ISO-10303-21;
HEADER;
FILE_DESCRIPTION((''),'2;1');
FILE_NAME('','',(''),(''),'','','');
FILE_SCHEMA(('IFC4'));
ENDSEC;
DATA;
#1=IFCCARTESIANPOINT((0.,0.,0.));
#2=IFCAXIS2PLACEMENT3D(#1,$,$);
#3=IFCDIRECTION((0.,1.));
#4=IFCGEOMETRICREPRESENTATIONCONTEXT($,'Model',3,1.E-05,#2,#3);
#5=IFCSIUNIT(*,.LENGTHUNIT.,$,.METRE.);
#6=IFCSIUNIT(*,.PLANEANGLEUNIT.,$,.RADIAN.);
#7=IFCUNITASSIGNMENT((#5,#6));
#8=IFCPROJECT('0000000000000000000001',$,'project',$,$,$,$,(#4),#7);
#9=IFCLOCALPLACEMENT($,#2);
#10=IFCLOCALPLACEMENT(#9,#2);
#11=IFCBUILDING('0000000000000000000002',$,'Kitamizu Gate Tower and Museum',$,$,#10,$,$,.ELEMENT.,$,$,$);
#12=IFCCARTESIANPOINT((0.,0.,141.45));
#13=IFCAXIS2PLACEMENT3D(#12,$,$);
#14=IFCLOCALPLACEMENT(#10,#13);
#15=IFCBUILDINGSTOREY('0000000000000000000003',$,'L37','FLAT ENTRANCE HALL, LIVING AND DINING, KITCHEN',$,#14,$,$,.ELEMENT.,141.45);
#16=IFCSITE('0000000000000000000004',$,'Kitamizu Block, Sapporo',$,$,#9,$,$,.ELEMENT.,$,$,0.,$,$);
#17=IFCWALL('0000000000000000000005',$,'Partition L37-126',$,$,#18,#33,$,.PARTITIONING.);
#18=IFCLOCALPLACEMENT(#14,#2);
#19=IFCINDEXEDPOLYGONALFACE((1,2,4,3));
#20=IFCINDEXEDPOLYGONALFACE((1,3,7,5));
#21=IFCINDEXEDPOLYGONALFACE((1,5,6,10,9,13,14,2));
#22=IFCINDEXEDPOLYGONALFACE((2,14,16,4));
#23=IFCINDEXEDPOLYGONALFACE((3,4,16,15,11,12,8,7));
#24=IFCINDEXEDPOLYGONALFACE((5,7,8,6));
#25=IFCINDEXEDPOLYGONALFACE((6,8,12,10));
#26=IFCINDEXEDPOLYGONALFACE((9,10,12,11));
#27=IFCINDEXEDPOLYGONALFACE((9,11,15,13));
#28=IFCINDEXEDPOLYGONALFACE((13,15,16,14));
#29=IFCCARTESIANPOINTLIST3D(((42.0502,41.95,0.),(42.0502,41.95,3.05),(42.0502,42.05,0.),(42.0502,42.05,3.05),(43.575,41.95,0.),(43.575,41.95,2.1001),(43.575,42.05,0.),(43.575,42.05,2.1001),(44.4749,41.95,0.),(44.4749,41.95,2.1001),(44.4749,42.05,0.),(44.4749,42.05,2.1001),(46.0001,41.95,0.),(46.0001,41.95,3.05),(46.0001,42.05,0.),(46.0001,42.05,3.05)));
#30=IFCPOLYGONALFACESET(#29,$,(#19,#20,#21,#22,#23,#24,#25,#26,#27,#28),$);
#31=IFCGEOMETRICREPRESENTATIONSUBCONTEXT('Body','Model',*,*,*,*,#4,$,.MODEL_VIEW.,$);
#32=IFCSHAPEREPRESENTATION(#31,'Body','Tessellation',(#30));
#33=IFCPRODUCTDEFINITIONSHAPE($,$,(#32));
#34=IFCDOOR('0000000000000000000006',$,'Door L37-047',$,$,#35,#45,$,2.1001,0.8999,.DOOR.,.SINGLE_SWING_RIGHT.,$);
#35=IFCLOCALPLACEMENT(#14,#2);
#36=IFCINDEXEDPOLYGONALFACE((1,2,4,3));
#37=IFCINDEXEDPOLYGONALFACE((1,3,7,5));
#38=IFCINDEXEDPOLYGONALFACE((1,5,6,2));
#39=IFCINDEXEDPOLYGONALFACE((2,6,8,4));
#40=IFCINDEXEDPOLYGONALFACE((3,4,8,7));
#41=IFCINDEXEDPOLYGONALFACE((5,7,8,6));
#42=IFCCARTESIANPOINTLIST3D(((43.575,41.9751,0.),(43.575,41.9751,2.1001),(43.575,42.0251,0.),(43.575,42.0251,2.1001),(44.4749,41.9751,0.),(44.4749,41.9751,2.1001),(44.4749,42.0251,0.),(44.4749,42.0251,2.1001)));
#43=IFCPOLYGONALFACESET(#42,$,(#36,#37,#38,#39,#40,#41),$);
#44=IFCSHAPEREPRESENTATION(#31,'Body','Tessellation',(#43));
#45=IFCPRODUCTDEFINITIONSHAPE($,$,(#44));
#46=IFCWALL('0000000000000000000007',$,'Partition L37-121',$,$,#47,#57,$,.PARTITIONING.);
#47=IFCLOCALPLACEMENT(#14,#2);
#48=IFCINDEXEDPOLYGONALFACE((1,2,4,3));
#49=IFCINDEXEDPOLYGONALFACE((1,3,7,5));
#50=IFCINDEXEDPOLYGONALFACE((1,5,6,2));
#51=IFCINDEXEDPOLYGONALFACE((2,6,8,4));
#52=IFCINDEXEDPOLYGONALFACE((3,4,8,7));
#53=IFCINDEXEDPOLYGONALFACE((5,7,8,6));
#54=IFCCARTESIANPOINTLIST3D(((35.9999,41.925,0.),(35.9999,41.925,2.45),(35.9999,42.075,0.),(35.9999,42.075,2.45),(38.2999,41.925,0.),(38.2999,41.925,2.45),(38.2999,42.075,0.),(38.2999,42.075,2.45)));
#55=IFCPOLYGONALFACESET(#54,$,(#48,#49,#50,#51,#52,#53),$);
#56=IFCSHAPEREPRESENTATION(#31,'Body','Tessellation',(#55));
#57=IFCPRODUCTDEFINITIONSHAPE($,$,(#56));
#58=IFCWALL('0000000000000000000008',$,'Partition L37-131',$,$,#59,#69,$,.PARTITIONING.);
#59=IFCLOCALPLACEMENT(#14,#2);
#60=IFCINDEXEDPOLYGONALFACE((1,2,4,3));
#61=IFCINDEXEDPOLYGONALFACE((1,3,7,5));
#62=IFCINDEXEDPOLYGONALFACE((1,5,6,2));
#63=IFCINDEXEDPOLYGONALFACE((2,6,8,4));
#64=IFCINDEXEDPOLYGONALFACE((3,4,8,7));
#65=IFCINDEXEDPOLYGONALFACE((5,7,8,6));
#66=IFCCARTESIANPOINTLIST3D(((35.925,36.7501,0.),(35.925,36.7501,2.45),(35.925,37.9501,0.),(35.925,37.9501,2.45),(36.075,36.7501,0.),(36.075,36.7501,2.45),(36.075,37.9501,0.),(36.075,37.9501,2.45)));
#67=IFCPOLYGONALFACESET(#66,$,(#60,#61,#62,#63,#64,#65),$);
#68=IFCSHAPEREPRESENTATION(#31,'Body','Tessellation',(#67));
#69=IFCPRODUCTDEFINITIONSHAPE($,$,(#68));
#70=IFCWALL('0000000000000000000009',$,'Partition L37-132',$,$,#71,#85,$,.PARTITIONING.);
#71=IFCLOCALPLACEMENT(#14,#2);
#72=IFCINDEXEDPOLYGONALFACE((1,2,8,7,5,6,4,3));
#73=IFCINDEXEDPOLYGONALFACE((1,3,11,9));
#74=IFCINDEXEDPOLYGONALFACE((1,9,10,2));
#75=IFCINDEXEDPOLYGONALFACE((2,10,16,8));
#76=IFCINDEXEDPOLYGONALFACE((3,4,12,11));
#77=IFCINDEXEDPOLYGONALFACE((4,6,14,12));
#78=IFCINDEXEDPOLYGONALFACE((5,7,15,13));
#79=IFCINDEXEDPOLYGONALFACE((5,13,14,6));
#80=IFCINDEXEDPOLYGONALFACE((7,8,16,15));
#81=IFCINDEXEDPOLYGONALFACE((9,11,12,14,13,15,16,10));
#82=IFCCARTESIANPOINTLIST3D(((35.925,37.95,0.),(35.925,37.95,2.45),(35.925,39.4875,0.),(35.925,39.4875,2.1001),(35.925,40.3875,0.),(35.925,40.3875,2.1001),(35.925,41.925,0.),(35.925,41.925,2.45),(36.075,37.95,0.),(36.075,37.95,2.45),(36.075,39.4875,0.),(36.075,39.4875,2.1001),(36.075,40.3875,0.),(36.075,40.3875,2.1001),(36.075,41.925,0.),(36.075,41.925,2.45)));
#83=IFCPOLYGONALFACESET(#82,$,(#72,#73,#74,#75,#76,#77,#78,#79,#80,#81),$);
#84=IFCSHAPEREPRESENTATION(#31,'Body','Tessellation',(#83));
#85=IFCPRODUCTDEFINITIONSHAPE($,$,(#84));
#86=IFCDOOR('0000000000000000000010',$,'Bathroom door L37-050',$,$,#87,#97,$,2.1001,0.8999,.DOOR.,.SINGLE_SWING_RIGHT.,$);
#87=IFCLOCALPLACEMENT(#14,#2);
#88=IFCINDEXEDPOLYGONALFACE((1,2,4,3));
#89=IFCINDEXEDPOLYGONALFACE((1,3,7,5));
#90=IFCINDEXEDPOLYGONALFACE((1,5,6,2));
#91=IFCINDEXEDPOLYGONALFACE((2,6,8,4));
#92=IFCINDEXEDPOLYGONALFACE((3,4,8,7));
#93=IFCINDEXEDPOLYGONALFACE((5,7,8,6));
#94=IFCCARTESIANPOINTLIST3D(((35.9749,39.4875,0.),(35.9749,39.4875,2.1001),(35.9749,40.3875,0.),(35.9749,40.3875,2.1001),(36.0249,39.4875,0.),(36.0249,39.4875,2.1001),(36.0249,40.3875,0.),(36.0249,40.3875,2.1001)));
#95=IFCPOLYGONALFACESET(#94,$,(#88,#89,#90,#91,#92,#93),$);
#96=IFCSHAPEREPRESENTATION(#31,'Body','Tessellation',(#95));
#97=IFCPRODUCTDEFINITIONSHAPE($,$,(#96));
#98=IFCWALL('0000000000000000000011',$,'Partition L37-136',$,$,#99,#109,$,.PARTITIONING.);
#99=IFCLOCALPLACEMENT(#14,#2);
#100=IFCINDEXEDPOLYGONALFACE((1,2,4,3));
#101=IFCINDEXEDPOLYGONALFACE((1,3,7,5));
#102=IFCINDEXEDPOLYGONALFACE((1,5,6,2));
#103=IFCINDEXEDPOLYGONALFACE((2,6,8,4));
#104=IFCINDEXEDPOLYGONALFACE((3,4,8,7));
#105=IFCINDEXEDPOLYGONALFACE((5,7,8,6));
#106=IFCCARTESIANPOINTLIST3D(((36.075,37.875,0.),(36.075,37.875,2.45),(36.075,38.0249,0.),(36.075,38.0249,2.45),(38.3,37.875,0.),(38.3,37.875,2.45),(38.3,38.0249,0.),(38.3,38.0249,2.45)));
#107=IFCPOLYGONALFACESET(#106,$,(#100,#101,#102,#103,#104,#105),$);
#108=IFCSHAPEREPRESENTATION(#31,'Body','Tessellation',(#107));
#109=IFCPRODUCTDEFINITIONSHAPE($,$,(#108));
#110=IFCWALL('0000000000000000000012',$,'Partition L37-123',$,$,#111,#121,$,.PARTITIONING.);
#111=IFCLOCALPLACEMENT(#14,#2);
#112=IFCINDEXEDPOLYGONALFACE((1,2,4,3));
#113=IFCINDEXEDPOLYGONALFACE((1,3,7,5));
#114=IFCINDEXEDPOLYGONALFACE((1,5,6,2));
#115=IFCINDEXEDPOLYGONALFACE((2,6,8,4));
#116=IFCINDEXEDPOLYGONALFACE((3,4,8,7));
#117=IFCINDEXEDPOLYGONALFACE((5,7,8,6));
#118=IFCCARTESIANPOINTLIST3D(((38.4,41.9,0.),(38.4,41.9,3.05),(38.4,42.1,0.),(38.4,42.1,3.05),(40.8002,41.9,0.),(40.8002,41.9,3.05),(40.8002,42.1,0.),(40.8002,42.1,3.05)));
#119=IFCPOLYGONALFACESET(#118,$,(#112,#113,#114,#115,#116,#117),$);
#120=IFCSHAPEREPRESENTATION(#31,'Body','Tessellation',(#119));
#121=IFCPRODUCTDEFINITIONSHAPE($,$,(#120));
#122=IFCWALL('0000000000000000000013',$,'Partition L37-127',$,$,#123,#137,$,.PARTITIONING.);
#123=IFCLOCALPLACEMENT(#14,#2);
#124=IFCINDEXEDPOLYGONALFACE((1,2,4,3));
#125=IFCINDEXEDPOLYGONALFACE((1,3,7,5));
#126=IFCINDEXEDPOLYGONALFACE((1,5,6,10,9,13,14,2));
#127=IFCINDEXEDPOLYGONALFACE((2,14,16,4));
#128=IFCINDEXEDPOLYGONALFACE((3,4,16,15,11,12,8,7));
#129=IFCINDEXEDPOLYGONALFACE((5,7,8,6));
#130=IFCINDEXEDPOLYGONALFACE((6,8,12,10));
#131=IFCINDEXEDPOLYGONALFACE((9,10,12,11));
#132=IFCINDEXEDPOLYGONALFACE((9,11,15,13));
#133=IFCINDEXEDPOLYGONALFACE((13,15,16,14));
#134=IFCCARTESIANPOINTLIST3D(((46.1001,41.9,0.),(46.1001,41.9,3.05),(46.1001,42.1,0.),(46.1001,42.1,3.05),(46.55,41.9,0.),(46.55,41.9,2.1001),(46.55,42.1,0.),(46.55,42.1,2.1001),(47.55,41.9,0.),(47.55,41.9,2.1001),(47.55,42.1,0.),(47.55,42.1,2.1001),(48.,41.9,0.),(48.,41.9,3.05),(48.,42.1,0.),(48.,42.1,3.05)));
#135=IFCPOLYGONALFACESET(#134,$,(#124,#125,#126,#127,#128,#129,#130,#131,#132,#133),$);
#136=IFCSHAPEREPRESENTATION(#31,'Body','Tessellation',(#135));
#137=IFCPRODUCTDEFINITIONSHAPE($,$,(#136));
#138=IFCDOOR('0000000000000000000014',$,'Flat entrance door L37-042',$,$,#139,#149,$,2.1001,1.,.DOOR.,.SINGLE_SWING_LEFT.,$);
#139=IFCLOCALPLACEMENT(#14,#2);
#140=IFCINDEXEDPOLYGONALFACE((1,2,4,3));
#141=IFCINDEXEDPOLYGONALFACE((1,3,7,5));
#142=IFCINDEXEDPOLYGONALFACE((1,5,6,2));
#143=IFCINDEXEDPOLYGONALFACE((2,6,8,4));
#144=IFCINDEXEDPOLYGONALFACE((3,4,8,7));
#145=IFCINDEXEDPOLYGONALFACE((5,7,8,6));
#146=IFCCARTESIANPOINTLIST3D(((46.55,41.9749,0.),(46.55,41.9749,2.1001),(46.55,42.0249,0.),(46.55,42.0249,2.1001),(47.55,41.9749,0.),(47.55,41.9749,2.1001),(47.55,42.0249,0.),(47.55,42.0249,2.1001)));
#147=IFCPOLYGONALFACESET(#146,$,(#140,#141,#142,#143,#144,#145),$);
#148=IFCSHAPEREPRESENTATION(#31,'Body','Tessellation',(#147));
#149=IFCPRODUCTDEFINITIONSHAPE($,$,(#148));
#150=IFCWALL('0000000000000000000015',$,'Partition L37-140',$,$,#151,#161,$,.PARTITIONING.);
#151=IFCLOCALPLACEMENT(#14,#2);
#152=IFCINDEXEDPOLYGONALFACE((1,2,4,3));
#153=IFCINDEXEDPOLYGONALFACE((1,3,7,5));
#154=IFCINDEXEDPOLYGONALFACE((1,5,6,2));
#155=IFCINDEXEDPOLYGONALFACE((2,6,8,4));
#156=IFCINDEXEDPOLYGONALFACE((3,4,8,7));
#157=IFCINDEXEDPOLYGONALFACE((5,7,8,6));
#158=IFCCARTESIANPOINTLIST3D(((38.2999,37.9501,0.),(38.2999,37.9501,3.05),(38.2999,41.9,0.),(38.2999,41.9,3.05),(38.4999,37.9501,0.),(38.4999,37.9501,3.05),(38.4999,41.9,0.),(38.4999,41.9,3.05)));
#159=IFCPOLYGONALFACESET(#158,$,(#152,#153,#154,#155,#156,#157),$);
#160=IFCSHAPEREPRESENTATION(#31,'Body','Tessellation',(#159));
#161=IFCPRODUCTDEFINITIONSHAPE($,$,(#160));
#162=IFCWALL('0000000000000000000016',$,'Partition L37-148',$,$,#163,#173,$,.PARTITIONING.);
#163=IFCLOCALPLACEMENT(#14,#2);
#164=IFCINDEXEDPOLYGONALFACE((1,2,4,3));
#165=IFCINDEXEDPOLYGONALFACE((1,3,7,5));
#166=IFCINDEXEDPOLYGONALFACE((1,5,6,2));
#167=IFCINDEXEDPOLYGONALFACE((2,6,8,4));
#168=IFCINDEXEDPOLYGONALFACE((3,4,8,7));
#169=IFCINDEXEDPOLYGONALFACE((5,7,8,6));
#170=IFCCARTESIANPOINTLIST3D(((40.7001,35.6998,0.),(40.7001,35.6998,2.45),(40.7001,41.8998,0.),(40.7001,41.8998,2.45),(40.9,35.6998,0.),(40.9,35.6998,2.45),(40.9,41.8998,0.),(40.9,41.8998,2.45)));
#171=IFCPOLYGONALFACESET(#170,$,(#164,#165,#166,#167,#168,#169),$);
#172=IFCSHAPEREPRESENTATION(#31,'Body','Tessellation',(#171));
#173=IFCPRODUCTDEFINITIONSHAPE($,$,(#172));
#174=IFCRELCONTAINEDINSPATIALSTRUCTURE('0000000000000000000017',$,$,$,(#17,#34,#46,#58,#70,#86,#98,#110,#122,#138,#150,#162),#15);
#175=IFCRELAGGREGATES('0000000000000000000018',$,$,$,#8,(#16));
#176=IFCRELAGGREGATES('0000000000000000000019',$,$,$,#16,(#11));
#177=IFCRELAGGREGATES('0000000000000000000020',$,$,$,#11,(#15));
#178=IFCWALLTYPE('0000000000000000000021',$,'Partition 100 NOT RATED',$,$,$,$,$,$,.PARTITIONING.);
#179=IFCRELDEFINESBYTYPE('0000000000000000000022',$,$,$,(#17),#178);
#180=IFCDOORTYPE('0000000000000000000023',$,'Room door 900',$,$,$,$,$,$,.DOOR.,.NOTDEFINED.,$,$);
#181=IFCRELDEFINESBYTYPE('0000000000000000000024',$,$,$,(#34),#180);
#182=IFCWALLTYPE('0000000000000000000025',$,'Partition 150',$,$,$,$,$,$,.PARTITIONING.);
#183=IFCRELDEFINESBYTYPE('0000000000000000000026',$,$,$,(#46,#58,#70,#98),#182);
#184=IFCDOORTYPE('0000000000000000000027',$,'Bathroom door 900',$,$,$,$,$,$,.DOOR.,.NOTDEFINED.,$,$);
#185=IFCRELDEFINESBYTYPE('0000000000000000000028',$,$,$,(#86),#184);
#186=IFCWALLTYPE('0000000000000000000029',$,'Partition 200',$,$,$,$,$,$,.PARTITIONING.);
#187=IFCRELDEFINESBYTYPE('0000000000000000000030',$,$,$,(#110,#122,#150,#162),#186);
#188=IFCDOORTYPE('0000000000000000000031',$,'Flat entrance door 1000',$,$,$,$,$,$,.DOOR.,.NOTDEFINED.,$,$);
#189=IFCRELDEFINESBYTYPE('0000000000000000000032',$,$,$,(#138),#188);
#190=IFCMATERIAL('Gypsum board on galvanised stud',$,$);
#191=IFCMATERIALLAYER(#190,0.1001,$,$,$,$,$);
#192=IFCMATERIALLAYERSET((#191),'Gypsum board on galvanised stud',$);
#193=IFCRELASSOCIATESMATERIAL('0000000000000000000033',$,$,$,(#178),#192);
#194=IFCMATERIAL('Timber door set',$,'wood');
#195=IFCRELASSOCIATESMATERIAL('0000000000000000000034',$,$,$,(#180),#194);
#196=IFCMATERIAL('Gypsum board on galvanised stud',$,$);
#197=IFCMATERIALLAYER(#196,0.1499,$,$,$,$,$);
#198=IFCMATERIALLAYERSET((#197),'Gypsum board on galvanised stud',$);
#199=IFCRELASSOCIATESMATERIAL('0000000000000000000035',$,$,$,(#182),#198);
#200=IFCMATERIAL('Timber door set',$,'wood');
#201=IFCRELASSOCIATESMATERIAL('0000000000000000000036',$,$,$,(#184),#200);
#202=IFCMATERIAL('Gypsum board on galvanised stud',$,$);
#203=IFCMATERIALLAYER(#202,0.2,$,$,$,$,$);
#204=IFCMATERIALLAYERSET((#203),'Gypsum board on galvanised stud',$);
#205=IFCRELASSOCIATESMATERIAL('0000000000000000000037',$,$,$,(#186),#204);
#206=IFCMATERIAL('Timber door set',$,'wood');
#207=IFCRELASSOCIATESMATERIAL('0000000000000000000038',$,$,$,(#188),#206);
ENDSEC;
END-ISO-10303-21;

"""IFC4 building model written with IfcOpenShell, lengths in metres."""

from ifc_helpers import new_model, si_unit, direction, frame, frame_2d, origin, place, context, subcontext, project, spatial, rectangle, extrude, material, layer, layer_set, type_object, element, fill, save


model = new_model("IFC4")

# Units and contexts
model_context = context("Model", 3, precision=1e-05, world=origin(), true_north=direction((0.0, 1.0)))
body_context = subcontext(model_context, "Body", "Model", "MODEL_VIEW")
ifc_project = project(units=[si_unit("LENGTHUNIT", "METRE"), si_unit("PLANEANGLEUNIT", "RADIAN")], contexts=[model_context])

# Site, building, storey
site_placement = place(None, origin())
site = spatial("IfcSite", under=ifc_project, at=site_placement, Name="Kitamizu Block, Sapporo", CompositionType="ELEMENT", RefElevation=0.0)
building_placement = place(site_placement, origin())
building = spatial("IfcBuilding", under=site, at=building_placement, Name="Kitamizu Gate Tower and Museum", CompositionType="ELEMENT")
storey_placement = place(building_placement, frame((0.0, 0.0, 141.45)))
storey = spatial("IfcBuildingStorey", under=building, at=storey_placement, Name="L37", Description="FLAT ENTRANCE HALL, LIVING AND DINING, KITCHEN", CompositionType="ELEMENT", Elevation=141.45)

# Shared definitions
ifc_material_1 = material(Name="Gypsum board on galvanised stud")
ifc_layer_1 = layer(ifc_material_1, 0.1001)
ifc_layer_set_1 = layer_set([ifc_layer_1], Name="Gypsum board on galvanised stud")
wall_type_1 = type_object("IfcWallType", Name="Partition 100 NOT RATED", PredefinedType="PARTITIONING", material=ifc_layer_set_1)

# Shared definitions
ifc_material_2 = material(Name="Timber door set", Category="wood")
door_type_1 = type_object("IfcDoorType", Name="Room door 900", OperationType="NOTDEFINED", PredefinedType="DOOR", material=ifc_material_2)

# Wall, opening, door
wall_1_placement = place(storey_placement, frame((42.05, 42.0, 0.0), z_axis=(0.0, 0.0, 1.0), x_axis=(1.0, 0.0, 0.0)))
wall_1 = element("IfcWall", 1, at=wall_1_placement, inside=storey, type_object=wall_type_1, Name="Partition L37-126", PredefinedType="PARTITIONING", context=body_context, shape_type="SweptSolid", body=[
    extrude(rectangle(XDim=3.95, YDim=0.1001, at=frame_2d((1.9751, 0.0))), origin(), (0.0, 0.0, 1.0), 3.05),
])
opening_1_placement = place(wall_1_placement, frame((1.5249, 0.0, 0.0)))
opening_1 = element("IfcOpeningElement", 2, at=opening_1_placement, cuts=wall_1, PredefinedType="OPENING", context=body_context, shape_type="SweptSolid", body=[
    extrude(rectangle(XDim=0.8999, YDim=2.1001, at=frame_2d((0.45, 1.05))), frame((0.0, 0.0601, 0.0), z_axis=(0.0, -1.0, 0.0), x_axis=(1.0, 0.0, 0.0)), (0.0, 0.0, 1.0), 0.1201),
])
door_1_placement = place(opening_1_placement, frame((0.8999, 0.0, 0.0), x_axis=(-1.0, 0.0, 0.0)))
door_1 = element("IfcDoor", 3, at=door_1_placement, inside=storey, type_object=door_type_1, Name="Door L37-047", OperationType="SINGLE_SWING_RIGHT", OverallHeight=2.1001, OverallWidth=0.8999, PredefinedType="DOOR", context=body_context, shape_type="SweptSolid", body=[
    extrude(rectangle(XDim=0.8999, YDim=2.1001, at=frame_2d((0.45, 1.05))), frame((0.0, 0.0249, 0.0), z_axis=(0.0, -1.0, 0.0), x_axis=(1.0, 0.0, 0.0)), (0.0, 0.0, 1.0), 0.05),
])
fill(opening_1, door_1)

# Walls
ifc_material_3 = material(Name="Gypsum board on galvanised stud")
ifc_layer_2 = layer(ifc_material_3, 0.1499)
ifc_layer_set_2 = layer_set([ifc_layer_2], Name="Gypsum board on galvanised stud")
wall_type_2 = type_object("IfcWallType", Name="Partition 150", PredefinedType="PARTITIONING", material=ifc_layer_set_2)
wall_2_placement = place(storey_placement, frame((36.0, 42.0, 0.0), z_axis=(0.0, 0.0, 1.0), x_axis=(1.0, 0.0, 0.0)))
element("IfcWall", 4, at=wall_2_placement, inside=storey, type_object=wall_type_2, Name="Partition L37-121", PredefinedType="PARTITIONING", context=body_context, shape_type="SweptSolid", body=[
    extrude(rectangle(XDim=2.3, YDim=0.1499, at=frame_2d((1.1499, 0.0))), origin(), (0.0, 0.0, 1.0), 2.45),
])
wall_3_placement = place(storey_placement, frame((36.0, 36.75, 0.0), z_axis=(0.0, 0.0, 1.0), x_axis=(0.0, 1.0, 0.0)))
element("IfcWall", 5, at=wall_3_placement, inside=storey, type_object=wall_type_2, Name="Partition L37-131", PredefinedType="PARTITIONING", context=body_context, shape_type="SweptSolid", body=[
    extrude(rectangle(XDim=1.2, YDim=0.1499, at=frame_2d((0.6001, 0.0))), origin(), (0.0, 0.0, 1.0), 2.45),
])

# Wall, opening, door
wall_4_placement = place(storey_placement, frame((36.0, 37.95, 0.0), z_axis=(0.0, 0.0, 1.0), x_axis=(0.0, 1.0, 0.0)))
wall_4 = element("IfcWall", 6, at=wall_4_placement, inside=storey, type_object=wall_type_2, Name="Partition L37-132", PredefinedType="PARTITIONING", context=body_context, shape_type="SweptSolid", body=[
    extrude(rectangle(XDim=3.9751, YDim=0.1499, at=frame_2d((1.9875, 0.0))), origin(), (0.0, 0.0, 1.0), 2.45),
])
opening_2_placement = place(wall_4_placement, frame((1.5376, 0.0, 0.0)))
opening_2 = element("IfcOpeningElement", 7, at=opening_2_placement, cuts=wall_4, PredefinedType="OPENING", context=body_context, shape_type="SweptSolid", body=[
    extrude(rectangle(XDim=0.8999, YDim=2.1001, at=frame_2d((0.45, 1.05))), frame((0.0, 0.085, 0.0), z_axis=(0.0, -1.0, 0.0), x_axis=(1.0, 0.0, 0.0)), (0.0, 0.0, 1.0), 0.1699),
])
ifc_material_4 = material(Name="Timber door set", Category="wood")
door_type_2 = type_object("IfcDoorType", Name="Bathroom door 900", OperationType="NOTDEFINED", PredefinedType="DOOR", material=ifc_material_4)
door_2_placement = place(opening_2_placement, frame((0.8999, 0.0, 0.0), x_axis=(-1.0, 0.0, 0.0)))
door_2 = element("IfcDoor", 8, at=door_2_placement, inside=storey, type_object=door_type_2, Name="Bathroom door L37-050", OperationType="SINGLE_SWING_RIGHT", OverallHeight=2.1001, OverallWidth=0.8999, PredefinedType="DOOR", context=body_context, shape_type="SweptSolid", body=[
    extrude(rectangle(XDim=0.8999, YDim=2.1001, at=frame_2d((0.45, 1.05))), frame((0.0, 0.0249, 0.0), z_axis=(0.0, -1.0, 0.0), x_axis=(1.0, 0.0, 0.0)), (0.0, 0.0, 1.0), 0.05),
])
fill(opening_2, door_2)

# Walls
wall_5_placement = place(storey_placement, frame((38.3, 37.95, 0.0), z_axis=(0.0, 0.0, 1.0), x_axis=(-1.0, 0.0, 0.0)))
element("IfcWall", 9, at=wall_5_placement, inside=storey, type_object=wall_type_2, Name="Partition L37-136", PredefinedType="PARTITIONING", context=body_context, shape_type="SweptSolid", body=[
    extrude(rectangle(XDim=2.2251, YDim=0.1499, at=frame_2d((1.1125, 0.0))), origin(), (0.0, 0.0, 1.0), 2.45),
])
ifc_material_5 = material(Name="Gypsum board on galvanised stud")
ifc_layer_3 = layer(ifc_material_5, 0.2)
ifc_layer_set_3 = layer_set([ifc_layer_3], Name="Gypsum board on galvanised stud")
wall_type_3 = type_object("IfcWallType", Name="Partition 200", PredefinedType="PARTITIONING", material=ifc_layer_set_3)
wall_6_placement = place(storey_placement, frame((38.3999, 42.0, 0.0), z_axis=(0.0, 0.0, 1.0), x_axis=(1.0, 0.0, 0.0)))
element("IfcWall", 10, at=wall_6_placement, inside=storey, type_object=wall_type_3, Name="Partition L37-123", PredefinedType="PARTITIONING", context=body_context, shape_type="SweptSolid", body=[
    extrude(rectangle(XDim=2.4001, YDim=0.2, at=frame_2d((1.2002, 0.0))), origin(), (0.0, 0.0, 1.0), 3.05),
])

# Wall, opening, door
wall_7_placement = place(storey_placement, frame((46.1001, 42.0, 0.0), z_axis=(0.0, 0.0, 1.0), x_axis=(1.0, 0.0, 0.0)))
wall_7 = element("IfcWall", 11, at=wall_7_placement, inside=storey, type_object=wall_type_3, Name="Partition L37-127", PredefinedType="PARTITIONING", context=body_context, shape_type="SweptSolid", body=[
    extrude(rectangle(XDim=1.8999, YDim=0.2, at=frame_2d((0.95, 0.0))), origin(), (0.0, 0.0, 1.0), 3.05),
])
opening_3_placement = place(wall_7_placement, frame((0.45, 0.0, 0.0)))
opening_3 = element("IfcOpeningElement", 12, at=opening_3_placement, cuts=wall_7, PredefinedType="OPENING", context=body_context, shape_type="SweptSolid", body=[
    extrude(rectangle(XDim=1.0, YDim=2.1001, at=frame_2d((0.5, 1.05))), frame((0.0, 0.1099, 0.0), z_axis=(0.0, -1.0, 0.0), x_axis=(1.0, 0.0, 0.0)), (0.0, 0.0, 1.0), 0.22),
])
ifc_material_6 = material(Name="Timber door set", Category="wood")
door_type_3 = type_object("IfcDoorType", Name="Flat entrance door 1000", OperationType="NOTDEFINED", PredefinedType="DOOR", material=ifc_material_6)
door_3_placement = place(opening_3_placement, origin())
door_3 = element("IfcDoor", 13, at=door_3_placement, inside=storey, type_object=door_type_3, Name="Flat entrance door L37-042", OperationType="SINGLE_SWING_LEFT", OverallHeight=2.1001, OverallWidth=1.0, PredefinedType="DOOR", context=body_context, shape_type="SweptSolid", body=[
    extrude(rectangle(XDim=1.0, YDim=2.1001, at=frame_2d((0.5, 1.05))), frame((0.0, 0.0249, 0.0), z_axis=(0.0, -1.0, 0.0), x_axis=(1.0, 0.0, 0.0)), (0.0, 0.0, 1.0), 0.05),
])
fill(opening_3, door_3)

# Walls
wall_8_placement = place(storey_placement, frame((38.3999, 37.95, 0.0), z_axis=(0.0, 0.0, 1.0), x_axis=(0.0, 1.0, 0.0)))
element("IfcWall", 14, at=wall_8_placement, inside=storey, type_object=wall_type_3, Name="Partition L37-140", PredefinedType="PARTITIONING", context=body_context, shape_type="SweptSolid", body=[
    extrude(rectangle(XDim=3.95, YDim=0.2, at=frame_2d((1.9751, 0.0))), origin(), (0.0, 0.0, 1.0), 3.05),
])
wall_9_placement = place(storey_placement, frame((40.8, 41.8999, 0.0), z_axis=(0.0, 0.0, 1.0), x_axis=(0.0, -1.0, 0.0)))
element("IfcWall", 15, at=wall_9_placement, inside=storey, type_object=wall_type_3, Name="Partition L37-148", PredefinedType="PARTITIONING", context=body_context, shape_type="SweptSolid", body=[
    extrude(rectangle(XDim=6.2, YDim=0.2, at=frame_2d((3.1001, 0.0))), origin(), (0.0, 0.0, 1.0), 2.45),
])

save(model, "model.ifc")
